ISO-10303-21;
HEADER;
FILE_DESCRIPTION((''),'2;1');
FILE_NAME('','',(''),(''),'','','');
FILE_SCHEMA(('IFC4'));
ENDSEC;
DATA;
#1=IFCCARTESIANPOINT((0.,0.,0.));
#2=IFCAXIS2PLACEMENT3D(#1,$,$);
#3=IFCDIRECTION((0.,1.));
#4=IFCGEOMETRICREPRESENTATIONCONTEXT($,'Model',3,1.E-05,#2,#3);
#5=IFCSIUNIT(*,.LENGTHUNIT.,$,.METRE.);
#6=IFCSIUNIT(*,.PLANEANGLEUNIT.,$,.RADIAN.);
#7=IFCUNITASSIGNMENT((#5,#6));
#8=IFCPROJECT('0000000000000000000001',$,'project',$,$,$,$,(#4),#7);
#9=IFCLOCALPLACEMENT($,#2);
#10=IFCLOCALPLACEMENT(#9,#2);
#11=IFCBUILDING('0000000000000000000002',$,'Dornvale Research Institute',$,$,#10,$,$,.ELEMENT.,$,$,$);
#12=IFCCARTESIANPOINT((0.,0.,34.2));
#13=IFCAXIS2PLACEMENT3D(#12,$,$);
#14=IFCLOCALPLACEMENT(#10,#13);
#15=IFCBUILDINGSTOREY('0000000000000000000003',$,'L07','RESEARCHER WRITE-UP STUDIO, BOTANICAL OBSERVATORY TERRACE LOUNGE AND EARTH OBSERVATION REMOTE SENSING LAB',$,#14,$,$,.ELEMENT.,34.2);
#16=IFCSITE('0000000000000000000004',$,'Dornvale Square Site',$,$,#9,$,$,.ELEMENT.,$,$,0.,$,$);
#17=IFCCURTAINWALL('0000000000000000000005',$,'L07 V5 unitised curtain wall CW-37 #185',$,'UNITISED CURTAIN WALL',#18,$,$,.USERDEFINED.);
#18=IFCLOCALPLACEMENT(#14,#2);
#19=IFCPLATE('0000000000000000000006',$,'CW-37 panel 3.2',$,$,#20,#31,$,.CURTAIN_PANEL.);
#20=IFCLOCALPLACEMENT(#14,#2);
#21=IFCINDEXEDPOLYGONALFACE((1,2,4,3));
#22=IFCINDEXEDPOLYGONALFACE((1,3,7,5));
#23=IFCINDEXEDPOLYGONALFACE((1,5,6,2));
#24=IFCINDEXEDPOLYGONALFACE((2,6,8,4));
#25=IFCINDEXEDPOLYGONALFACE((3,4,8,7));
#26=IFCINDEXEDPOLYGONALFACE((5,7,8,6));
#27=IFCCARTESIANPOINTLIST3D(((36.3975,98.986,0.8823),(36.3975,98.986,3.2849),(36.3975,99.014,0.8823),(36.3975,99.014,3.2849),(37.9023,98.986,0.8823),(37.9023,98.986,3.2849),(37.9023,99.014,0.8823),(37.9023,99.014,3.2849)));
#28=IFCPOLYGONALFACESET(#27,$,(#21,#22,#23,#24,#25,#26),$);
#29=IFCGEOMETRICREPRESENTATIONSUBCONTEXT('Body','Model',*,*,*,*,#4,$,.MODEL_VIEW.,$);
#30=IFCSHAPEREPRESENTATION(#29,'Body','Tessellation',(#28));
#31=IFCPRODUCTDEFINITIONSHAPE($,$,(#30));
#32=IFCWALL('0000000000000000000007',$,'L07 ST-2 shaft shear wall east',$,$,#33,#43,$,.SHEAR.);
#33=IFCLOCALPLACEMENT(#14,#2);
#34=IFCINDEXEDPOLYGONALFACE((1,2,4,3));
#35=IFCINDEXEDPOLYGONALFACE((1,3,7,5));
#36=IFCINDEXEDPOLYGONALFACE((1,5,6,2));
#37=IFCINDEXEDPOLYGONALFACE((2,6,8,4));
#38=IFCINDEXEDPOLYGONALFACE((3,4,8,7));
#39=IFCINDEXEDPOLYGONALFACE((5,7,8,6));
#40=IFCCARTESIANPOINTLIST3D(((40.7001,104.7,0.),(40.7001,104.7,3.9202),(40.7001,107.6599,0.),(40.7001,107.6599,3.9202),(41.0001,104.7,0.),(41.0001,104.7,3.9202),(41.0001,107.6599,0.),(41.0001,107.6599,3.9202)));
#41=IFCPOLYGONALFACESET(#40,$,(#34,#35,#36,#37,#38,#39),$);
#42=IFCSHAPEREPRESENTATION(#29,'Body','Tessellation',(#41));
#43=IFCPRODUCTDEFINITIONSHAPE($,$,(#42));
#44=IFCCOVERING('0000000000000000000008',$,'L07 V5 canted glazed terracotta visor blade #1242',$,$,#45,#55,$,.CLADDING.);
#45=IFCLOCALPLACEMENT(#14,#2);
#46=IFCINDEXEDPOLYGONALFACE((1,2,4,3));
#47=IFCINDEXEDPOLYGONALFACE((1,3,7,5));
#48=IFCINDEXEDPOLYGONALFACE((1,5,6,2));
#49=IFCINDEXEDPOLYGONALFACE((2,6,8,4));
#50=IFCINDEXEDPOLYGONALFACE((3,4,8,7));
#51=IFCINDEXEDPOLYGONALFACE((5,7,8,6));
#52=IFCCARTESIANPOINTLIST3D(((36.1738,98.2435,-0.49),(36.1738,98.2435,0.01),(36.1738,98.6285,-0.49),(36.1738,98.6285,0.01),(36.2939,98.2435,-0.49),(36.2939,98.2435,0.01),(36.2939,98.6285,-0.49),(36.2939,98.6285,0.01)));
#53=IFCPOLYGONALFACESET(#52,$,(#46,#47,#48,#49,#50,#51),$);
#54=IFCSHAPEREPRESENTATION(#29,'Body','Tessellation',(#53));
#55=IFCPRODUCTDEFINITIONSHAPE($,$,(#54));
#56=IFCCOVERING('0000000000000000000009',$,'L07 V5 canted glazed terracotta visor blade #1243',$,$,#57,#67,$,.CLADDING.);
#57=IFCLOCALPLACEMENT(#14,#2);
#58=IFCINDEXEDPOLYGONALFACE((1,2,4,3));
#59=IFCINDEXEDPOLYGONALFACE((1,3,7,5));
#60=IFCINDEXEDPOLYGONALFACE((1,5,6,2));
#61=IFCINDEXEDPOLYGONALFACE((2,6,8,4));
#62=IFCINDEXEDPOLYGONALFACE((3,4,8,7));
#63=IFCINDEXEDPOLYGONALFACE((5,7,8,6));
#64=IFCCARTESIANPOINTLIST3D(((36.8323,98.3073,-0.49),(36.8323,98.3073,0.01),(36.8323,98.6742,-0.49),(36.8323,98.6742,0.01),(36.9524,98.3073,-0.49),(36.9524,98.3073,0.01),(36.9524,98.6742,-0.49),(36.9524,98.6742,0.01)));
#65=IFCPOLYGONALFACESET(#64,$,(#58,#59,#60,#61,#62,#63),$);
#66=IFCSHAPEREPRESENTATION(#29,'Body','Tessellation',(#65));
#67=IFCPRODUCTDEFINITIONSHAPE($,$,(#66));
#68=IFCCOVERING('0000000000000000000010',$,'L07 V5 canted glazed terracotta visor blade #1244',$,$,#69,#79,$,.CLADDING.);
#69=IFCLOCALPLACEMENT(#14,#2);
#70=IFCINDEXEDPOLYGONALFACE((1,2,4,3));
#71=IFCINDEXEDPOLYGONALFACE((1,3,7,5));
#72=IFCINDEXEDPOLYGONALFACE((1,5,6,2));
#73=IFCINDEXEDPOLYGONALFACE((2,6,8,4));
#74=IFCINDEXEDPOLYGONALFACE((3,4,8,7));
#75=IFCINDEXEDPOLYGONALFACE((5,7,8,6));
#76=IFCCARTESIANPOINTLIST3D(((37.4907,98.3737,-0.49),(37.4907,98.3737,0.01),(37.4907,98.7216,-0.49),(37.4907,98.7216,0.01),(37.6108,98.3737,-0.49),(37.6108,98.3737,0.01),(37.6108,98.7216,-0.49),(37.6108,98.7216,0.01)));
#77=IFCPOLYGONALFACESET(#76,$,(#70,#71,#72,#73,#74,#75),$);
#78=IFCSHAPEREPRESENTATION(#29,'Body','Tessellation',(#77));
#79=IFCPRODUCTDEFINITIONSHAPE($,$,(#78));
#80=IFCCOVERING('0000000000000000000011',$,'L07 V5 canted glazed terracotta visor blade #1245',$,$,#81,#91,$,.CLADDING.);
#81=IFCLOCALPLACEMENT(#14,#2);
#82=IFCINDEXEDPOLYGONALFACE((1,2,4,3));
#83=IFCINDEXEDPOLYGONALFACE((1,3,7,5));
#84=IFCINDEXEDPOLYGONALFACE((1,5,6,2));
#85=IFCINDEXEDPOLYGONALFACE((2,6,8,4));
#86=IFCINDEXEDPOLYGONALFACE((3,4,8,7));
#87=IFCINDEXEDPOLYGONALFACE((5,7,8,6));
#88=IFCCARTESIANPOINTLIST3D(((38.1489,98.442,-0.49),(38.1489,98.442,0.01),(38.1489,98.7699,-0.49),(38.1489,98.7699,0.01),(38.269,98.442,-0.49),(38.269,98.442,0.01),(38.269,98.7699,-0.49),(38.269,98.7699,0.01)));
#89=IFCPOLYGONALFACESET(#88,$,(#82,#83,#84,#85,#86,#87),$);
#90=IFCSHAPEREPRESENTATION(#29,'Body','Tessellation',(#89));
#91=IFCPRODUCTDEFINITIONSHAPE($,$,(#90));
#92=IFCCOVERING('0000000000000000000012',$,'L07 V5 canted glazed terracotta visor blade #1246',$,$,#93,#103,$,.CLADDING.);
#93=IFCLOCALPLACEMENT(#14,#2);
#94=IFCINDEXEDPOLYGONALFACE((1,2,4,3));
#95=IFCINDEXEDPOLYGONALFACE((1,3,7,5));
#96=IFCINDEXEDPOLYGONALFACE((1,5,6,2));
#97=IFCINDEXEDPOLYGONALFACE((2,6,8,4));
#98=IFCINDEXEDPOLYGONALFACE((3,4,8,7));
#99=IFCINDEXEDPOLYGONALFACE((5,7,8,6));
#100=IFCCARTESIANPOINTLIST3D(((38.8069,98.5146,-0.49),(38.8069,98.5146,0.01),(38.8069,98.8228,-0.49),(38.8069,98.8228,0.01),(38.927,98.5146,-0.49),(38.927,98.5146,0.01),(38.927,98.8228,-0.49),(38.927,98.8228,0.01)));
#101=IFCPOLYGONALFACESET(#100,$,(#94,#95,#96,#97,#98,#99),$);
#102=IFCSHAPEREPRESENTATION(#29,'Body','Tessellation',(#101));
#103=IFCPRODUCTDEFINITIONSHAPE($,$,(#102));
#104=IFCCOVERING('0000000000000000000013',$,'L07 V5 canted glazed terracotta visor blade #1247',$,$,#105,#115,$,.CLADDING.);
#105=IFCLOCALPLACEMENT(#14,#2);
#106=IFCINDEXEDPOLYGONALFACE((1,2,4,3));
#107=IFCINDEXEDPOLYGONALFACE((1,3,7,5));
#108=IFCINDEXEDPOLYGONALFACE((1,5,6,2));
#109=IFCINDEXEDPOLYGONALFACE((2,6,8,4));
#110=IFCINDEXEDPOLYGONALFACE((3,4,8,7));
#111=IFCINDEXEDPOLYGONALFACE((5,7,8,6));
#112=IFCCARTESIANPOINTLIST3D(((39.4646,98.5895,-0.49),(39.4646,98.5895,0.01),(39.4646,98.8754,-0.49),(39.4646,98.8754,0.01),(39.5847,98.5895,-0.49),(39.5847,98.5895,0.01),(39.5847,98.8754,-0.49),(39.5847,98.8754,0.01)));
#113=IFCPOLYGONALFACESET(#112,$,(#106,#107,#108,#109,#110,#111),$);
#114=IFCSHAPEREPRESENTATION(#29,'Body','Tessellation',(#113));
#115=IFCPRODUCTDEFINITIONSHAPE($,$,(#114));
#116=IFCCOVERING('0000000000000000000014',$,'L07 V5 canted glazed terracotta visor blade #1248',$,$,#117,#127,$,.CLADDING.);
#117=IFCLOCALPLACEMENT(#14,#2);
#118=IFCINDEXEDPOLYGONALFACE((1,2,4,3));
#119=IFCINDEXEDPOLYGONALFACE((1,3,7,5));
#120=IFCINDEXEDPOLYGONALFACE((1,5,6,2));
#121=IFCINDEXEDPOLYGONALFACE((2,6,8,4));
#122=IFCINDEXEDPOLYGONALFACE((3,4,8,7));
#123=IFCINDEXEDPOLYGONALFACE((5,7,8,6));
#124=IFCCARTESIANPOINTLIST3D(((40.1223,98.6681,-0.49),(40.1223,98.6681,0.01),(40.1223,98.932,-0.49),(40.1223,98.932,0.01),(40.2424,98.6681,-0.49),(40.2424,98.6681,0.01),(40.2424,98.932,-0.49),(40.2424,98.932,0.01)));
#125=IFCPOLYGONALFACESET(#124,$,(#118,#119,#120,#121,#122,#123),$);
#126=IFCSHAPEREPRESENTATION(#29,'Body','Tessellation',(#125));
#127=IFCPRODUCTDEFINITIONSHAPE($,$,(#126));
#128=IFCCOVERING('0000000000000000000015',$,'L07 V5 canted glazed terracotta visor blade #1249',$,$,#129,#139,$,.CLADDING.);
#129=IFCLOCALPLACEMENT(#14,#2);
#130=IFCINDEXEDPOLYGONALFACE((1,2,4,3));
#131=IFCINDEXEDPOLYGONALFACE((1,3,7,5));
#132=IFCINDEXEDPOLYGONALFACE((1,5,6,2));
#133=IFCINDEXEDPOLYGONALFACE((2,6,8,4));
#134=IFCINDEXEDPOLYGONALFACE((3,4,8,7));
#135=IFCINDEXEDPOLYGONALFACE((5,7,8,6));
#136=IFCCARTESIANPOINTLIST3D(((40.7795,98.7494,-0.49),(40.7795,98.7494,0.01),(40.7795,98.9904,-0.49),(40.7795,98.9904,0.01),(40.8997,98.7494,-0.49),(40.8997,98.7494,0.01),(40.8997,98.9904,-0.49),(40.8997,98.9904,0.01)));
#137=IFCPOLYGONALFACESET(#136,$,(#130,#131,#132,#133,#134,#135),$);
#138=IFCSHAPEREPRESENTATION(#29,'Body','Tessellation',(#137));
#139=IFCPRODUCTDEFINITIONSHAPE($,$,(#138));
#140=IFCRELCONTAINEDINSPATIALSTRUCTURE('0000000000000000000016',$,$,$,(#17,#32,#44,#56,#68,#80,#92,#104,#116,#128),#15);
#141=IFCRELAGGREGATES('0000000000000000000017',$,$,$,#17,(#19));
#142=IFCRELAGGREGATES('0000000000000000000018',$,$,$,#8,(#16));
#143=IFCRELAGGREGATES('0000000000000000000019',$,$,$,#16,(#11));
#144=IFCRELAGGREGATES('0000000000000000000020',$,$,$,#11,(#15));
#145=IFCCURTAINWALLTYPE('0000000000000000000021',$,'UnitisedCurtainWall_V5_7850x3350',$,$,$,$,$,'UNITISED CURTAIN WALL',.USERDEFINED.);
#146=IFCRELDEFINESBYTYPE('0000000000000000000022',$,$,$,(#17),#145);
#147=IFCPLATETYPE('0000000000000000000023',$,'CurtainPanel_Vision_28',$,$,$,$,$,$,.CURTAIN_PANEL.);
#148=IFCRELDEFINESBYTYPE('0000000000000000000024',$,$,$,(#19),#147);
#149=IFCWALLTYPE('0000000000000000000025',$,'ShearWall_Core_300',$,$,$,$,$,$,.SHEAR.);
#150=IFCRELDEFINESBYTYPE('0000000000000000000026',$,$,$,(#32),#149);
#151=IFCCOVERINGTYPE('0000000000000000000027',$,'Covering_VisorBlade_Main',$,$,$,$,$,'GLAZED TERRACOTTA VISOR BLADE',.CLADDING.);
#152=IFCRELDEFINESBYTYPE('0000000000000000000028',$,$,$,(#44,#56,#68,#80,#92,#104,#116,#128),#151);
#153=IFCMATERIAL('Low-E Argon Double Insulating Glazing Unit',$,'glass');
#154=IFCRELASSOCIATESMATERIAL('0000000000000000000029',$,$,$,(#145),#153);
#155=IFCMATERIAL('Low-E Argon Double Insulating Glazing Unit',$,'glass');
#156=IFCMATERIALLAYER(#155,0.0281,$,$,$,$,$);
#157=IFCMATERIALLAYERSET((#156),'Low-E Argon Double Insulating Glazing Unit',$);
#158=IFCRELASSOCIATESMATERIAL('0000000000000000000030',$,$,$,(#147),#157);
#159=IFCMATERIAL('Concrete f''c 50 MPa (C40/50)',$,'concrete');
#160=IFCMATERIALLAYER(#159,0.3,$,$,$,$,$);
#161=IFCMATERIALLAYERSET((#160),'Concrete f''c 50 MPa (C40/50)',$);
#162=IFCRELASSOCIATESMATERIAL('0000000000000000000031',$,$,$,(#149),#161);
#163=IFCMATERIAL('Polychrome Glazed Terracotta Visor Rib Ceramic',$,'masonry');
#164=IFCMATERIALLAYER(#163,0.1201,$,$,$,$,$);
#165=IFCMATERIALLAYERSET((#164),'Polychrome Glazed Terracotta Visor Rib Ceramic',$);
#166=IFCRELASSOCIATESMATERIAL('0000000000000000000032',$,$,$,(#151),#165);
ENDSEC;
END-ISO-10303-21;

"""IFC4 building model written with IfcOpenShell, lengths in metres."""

from ifc_helpers import new_model, si_unit, direction, frame, frame_2d, origin, origin_2d, place, context, subcontext, project, spatial, rectangle, extrude, material, layer, layer_set, type_object, element, aggregate, save


model = new_model("IFC4")

# Units and contexts
model_context = context("Model", 3, precision=1e-05, world=origin(), true_north=direction((0.0, 1.0)))
body_context = subcontext(model_context, "Body", "Model", "MODEL_VIEW")
ifc_project = project(units=[si_unit("LENGTHUNIT", "METRE"), si_unit("PLANEANGLEUNIT", "RADIAN")], contexts=[model_context])

# Site, building, storey
site_placement = place(None, origin())
site = spatial("IfcSite", under=ifc_project, at=site_placement, Name="Dornvale Square Site", CompositionType="ELEMENT", RefElevation=0.0)
building_placement = place(site_placement, origin())
building = spatial("IfcBuilding", under=site, at=building_placement, Name="Dornvale Research Institute", CompositionType="ELEMENT")
storey_placement = place(building_placement, frame((0.0, 0.0, 34.2)))
storey = spatial("IfcBuildingStorey", under=building, at=storey_placement, Name="L07", Description="RESEARCHER WRITE-UP STUDIO, BOTANICAL OBSERVATORY TERRACE LOUNGE AND EARTH OBSERVATION REMOTE SENSING LAB", CompositionType="ELEMENT", Elevation=34.2)

# Curtain wall
ifc_material_1 = material(Name="Low-E Argon Double Insulating Glazing Unit", Category="glass")
curtain_wall_type = type_object("IfcCurtainWallType", Name="UnitisedCurtainWall_V5_7850x3350", ElementType="UNITISED CURTAIN WALL", PredefinedType="USERDEFINED", material=ifc_material_1)
curtain_wall_placement = place(storey_placement, origin())
curtain_wall = element("IfcCurtainWall", 1, at=curtain_wall_placement, inside=storey, type_object=curtain_wall_type, Name="L07 V5 unitised curtain wall CW-37 #185", ObjectType="UNITISED CURTAIN WALL", PredefinedType="USERDEFINED")

# Plate
ifc_material_2 = material(Name="Low-E Argon Double Insulating Glazing Unit", Category="glass")
ifc_layer_1 = layer(ifc_material_2, 0.0281)
ifc_layer_set_1 = layer_set([ifc_layer_1], Name="Low-E Argon Double Insulating Glazing Unit")
plate_type_1 = type_object("IfcPlateType", Name="CurtainPanel_Vision_28", PredefinedType="CURTAIN_PANEL", material=ifc_layer_set_1)
plate_1_placement = place(storey_placement, frame((37.1499, 99.0, 0.8823), z_axis=(0.0, 0.0, 1.0), x_axis=(-1.0, 0.0, 0.0)))
plate_1 = element("IfcPlate", 2, at=plate_1_placement, type_object=plate_type_1, Name="CW-37 panel 3.2", PredefinedType="CURTAIN_PANEL", context=body_context, shape_type="SweptSolid", body=[
    extrude(rectangle(XDim=1.5049, YDim=0.0281, at=origin_2d()), origin(), (0.0, 0.0, 1.0), 2.4026),
])
aggregate(curtain_wall, [plate_1])

# Wall
ifc_material_3 = material(Name="Concrete f'c 50 MPa (C40/50)", Category="concrete")
ifc_layer_2 = layer(ifc_material_3, 0.3)
ifc_layer_set_2 = layer_set([ifc_layer_2], Name="Concrete f'c 50 MPa (C40/50)")
wall_type = type_object("IfcWallType", Name="ShearWall_Core_300", PredefinedType="SHEAR", material=ifc_layer_set_2)
wall_placement = place(storey_placement, frame((40.8501, 104.7, 0.0), z_axis=(0.0, 0.0, 1.0), x_axis=(0.0, 1.0, 0.0)))
element("IfcWall", 3, at=wall_placement, inside=storey, type_object=wall_type, Name="L07 ST-2 shaft shear wall east", PredefinedType="SHEAR", context=body_context, shape_type="SweptSolid", body=[
    extrude(rectangle(XDim=2.96, YDim=0.3, at=frame_2d((1.48, 0.0))), origin(), (0.0, 0.0, 1.0), 3.9202),
])

# Coverings
ifc_material_4 = material(Name="Polychrome Glazed Terracotta Visor Rib Ceramic", Category="masonry")
ifc_layer_3 = layer(ifc_material_4, 0.1201)
ifc_layer_set_3 = layer_set([ifc_layer_3], Name="Polychrome Glazed Terracotta Visor Rib Ceramic")
covering_type = type_object("IfcCoveringType", Name="Covering_VisorBlade_Main", ElementType="GLAZED TERRACOTTA VISOR BLADE", PredefinedType="CLADDING", material=ifc_layer_set_3)
covering_1_placement = place(storey_placement, frame((36.2339, 98.436, -0.49), z_axis=(0.0, 0.0, 1.0), x_axis=(0.0, 1.0, 0.0)))
element("IfcCovering", 4, at=covering_1_placement, inside=storey, type_object=covering_type, Name="L07 V5 canted glazed terracotta visor blade #1242", PredefinedType="CLADDING", context=body_context, shape_type="SweptSolid", body=[
    extrude(rectangle(XDim=0.385, YDim=0.1201, at=origin_2d()), origin(), (0.0, 0.0, 1.0), 0.5),
])
covering_2_placement = place(storey_placement, frame((36.8923, 98.4907, -0.49), z_axis=(0.0, 0.0, 1.0), x_axis=(0.0, 1.0, 0.0)))
element("IfcCovering", 5, at=covering_2_placement, inside=storey, type_object=covering_type, Name="L07 V5 canted glazed terracotta visor blade #1243", PredefinedType="CLADDING", context=body_context, shape_type="SweptSolid", body=[
    extrude(rectangle(XDim=0.3669, YDim=0.1201, at=origin_2d()), origin(), (0.0, 0.0, 1.0), 0.5),
])
covering_3_placement = place(storey_placement, frame((37.5508, 98.5476, -0.49), z_axis=(0.0, 0.0, 1.0), x_axis=(0.0, 1.0, 0.0)))
element("IfcCovering", 6, at=covering_3_placement, inside=storey, type_object=covering_type, Name="L07 V5 canted glazed terracotta visor blade #1244", PredefinedType="CLADDING", context=body_context, shape_type="SweptSolid", body=[
    extrude(rectangle(XDim=0.3479, YDim=0.1201, at=origin_2d()), origin(), (0.0, 0.0, 1.0), 0.5),
])
covering_4_placement = place(storey_placement, frame((38.209, 98.606, -0.49), z_axis=(0.0, 0.0, 1.0), x_axis=(0.0, 1.0, 0.0)))
element("IfcCovering", 7, at=covering_4_placement, inside=storey, type_object=covering_type, Name="L07 V5 canted glazed terracotta visor blade #1245", PredefinedType="CLADDING", context=body_context, shape_type="SweptSolid", body=[
    extrude(rectangle(XDim=0.3279, YDim=0.1201, at=origin_2d()), origin(), (0.0, 0.0, 1.0), 0.5),
])
covering_5_placement = place(storey_placement, frame((38.8669, 98.6687, -0.49), z_axis=(0.0, 0.0, 1.0), x_axis=(0.0, 1.0, 0.0)))
element("IfcCovering", 8, at=covering_5_placement, inside=storey, type_object=covering_type, Name="L07 V5 canted glazed terracotta visor blade #1246", PredefinedType="CLADDING", context=body_context, shape_type="SweptSolid", body=[
    extrude(rectangle(XDim=0.3081, YDim=0.1201, at=origin_2d()), origin(), (0.0, 0.0, 1.0), 0.5),
])
covering_6_placement = place(storey_placement, frame((39.5247, 98.7324, -0.49), z_axis=(0.0, 0.0, 1.0), x_axis=(0.0, 1.0, 0.0)))
element("IfcCovering", 9, at=covering_6_placement, inside=storey, type_object=covering_type, Name="L07 V5 canted glazed terracotta visor blade #1247", PredefinedType="CLADDING", context=body_context, shape_type="SweptSolid", body=[
    extrude(rectangle(XDim=0.2859, YDim=0.1201, at=origin_2d()), origin(), (0.0, 0.0, 1.0), 0.5),
])
covering_7_placement = place(storey_placement, frame((40.1824, 98.8, -0.49), z_axis=(0.0, 0.0, 1.0), x_axis=(0.0, 1.0, 0.0)))
element("IfcCovering", 10, at=covering_7_placement, inside=storey, type_object=covering_type, Name="L07 V5 canted glazed terracotta visor blade #1248", PredefinedType="CLADDING", context=body_context, shape_type="SweptSolid", body=[
    extrude(rectangle(XDim=0.2639, YDim=0.1201, at=origin_2d()), origin(), (0.0, 0.0, 1.0), 0.5),
])
covering_8_placement = place(storey_placement, frame((40.8396, 98.8699, -0.49), z_axis=(0.0, 0.0, 1.0), x_axis=(0.0, 1.0, 0.0)))
element("IfcCovering", 11, at=covering_8_placement, inside=storey, type_object=covering_type, Name="L07 V5 canted glazed terracotta visor blade #1249", PredefinedType="CLADDING", context=body_context, shape_type="SweptSolid", body=[
    extrude(rectangle(XDim=0.241, YDim=0.1201, at=origin_2d()), origin(), (0.0, 0.0, 1.0), 0.5),
])

save(model, "model.ifc")
